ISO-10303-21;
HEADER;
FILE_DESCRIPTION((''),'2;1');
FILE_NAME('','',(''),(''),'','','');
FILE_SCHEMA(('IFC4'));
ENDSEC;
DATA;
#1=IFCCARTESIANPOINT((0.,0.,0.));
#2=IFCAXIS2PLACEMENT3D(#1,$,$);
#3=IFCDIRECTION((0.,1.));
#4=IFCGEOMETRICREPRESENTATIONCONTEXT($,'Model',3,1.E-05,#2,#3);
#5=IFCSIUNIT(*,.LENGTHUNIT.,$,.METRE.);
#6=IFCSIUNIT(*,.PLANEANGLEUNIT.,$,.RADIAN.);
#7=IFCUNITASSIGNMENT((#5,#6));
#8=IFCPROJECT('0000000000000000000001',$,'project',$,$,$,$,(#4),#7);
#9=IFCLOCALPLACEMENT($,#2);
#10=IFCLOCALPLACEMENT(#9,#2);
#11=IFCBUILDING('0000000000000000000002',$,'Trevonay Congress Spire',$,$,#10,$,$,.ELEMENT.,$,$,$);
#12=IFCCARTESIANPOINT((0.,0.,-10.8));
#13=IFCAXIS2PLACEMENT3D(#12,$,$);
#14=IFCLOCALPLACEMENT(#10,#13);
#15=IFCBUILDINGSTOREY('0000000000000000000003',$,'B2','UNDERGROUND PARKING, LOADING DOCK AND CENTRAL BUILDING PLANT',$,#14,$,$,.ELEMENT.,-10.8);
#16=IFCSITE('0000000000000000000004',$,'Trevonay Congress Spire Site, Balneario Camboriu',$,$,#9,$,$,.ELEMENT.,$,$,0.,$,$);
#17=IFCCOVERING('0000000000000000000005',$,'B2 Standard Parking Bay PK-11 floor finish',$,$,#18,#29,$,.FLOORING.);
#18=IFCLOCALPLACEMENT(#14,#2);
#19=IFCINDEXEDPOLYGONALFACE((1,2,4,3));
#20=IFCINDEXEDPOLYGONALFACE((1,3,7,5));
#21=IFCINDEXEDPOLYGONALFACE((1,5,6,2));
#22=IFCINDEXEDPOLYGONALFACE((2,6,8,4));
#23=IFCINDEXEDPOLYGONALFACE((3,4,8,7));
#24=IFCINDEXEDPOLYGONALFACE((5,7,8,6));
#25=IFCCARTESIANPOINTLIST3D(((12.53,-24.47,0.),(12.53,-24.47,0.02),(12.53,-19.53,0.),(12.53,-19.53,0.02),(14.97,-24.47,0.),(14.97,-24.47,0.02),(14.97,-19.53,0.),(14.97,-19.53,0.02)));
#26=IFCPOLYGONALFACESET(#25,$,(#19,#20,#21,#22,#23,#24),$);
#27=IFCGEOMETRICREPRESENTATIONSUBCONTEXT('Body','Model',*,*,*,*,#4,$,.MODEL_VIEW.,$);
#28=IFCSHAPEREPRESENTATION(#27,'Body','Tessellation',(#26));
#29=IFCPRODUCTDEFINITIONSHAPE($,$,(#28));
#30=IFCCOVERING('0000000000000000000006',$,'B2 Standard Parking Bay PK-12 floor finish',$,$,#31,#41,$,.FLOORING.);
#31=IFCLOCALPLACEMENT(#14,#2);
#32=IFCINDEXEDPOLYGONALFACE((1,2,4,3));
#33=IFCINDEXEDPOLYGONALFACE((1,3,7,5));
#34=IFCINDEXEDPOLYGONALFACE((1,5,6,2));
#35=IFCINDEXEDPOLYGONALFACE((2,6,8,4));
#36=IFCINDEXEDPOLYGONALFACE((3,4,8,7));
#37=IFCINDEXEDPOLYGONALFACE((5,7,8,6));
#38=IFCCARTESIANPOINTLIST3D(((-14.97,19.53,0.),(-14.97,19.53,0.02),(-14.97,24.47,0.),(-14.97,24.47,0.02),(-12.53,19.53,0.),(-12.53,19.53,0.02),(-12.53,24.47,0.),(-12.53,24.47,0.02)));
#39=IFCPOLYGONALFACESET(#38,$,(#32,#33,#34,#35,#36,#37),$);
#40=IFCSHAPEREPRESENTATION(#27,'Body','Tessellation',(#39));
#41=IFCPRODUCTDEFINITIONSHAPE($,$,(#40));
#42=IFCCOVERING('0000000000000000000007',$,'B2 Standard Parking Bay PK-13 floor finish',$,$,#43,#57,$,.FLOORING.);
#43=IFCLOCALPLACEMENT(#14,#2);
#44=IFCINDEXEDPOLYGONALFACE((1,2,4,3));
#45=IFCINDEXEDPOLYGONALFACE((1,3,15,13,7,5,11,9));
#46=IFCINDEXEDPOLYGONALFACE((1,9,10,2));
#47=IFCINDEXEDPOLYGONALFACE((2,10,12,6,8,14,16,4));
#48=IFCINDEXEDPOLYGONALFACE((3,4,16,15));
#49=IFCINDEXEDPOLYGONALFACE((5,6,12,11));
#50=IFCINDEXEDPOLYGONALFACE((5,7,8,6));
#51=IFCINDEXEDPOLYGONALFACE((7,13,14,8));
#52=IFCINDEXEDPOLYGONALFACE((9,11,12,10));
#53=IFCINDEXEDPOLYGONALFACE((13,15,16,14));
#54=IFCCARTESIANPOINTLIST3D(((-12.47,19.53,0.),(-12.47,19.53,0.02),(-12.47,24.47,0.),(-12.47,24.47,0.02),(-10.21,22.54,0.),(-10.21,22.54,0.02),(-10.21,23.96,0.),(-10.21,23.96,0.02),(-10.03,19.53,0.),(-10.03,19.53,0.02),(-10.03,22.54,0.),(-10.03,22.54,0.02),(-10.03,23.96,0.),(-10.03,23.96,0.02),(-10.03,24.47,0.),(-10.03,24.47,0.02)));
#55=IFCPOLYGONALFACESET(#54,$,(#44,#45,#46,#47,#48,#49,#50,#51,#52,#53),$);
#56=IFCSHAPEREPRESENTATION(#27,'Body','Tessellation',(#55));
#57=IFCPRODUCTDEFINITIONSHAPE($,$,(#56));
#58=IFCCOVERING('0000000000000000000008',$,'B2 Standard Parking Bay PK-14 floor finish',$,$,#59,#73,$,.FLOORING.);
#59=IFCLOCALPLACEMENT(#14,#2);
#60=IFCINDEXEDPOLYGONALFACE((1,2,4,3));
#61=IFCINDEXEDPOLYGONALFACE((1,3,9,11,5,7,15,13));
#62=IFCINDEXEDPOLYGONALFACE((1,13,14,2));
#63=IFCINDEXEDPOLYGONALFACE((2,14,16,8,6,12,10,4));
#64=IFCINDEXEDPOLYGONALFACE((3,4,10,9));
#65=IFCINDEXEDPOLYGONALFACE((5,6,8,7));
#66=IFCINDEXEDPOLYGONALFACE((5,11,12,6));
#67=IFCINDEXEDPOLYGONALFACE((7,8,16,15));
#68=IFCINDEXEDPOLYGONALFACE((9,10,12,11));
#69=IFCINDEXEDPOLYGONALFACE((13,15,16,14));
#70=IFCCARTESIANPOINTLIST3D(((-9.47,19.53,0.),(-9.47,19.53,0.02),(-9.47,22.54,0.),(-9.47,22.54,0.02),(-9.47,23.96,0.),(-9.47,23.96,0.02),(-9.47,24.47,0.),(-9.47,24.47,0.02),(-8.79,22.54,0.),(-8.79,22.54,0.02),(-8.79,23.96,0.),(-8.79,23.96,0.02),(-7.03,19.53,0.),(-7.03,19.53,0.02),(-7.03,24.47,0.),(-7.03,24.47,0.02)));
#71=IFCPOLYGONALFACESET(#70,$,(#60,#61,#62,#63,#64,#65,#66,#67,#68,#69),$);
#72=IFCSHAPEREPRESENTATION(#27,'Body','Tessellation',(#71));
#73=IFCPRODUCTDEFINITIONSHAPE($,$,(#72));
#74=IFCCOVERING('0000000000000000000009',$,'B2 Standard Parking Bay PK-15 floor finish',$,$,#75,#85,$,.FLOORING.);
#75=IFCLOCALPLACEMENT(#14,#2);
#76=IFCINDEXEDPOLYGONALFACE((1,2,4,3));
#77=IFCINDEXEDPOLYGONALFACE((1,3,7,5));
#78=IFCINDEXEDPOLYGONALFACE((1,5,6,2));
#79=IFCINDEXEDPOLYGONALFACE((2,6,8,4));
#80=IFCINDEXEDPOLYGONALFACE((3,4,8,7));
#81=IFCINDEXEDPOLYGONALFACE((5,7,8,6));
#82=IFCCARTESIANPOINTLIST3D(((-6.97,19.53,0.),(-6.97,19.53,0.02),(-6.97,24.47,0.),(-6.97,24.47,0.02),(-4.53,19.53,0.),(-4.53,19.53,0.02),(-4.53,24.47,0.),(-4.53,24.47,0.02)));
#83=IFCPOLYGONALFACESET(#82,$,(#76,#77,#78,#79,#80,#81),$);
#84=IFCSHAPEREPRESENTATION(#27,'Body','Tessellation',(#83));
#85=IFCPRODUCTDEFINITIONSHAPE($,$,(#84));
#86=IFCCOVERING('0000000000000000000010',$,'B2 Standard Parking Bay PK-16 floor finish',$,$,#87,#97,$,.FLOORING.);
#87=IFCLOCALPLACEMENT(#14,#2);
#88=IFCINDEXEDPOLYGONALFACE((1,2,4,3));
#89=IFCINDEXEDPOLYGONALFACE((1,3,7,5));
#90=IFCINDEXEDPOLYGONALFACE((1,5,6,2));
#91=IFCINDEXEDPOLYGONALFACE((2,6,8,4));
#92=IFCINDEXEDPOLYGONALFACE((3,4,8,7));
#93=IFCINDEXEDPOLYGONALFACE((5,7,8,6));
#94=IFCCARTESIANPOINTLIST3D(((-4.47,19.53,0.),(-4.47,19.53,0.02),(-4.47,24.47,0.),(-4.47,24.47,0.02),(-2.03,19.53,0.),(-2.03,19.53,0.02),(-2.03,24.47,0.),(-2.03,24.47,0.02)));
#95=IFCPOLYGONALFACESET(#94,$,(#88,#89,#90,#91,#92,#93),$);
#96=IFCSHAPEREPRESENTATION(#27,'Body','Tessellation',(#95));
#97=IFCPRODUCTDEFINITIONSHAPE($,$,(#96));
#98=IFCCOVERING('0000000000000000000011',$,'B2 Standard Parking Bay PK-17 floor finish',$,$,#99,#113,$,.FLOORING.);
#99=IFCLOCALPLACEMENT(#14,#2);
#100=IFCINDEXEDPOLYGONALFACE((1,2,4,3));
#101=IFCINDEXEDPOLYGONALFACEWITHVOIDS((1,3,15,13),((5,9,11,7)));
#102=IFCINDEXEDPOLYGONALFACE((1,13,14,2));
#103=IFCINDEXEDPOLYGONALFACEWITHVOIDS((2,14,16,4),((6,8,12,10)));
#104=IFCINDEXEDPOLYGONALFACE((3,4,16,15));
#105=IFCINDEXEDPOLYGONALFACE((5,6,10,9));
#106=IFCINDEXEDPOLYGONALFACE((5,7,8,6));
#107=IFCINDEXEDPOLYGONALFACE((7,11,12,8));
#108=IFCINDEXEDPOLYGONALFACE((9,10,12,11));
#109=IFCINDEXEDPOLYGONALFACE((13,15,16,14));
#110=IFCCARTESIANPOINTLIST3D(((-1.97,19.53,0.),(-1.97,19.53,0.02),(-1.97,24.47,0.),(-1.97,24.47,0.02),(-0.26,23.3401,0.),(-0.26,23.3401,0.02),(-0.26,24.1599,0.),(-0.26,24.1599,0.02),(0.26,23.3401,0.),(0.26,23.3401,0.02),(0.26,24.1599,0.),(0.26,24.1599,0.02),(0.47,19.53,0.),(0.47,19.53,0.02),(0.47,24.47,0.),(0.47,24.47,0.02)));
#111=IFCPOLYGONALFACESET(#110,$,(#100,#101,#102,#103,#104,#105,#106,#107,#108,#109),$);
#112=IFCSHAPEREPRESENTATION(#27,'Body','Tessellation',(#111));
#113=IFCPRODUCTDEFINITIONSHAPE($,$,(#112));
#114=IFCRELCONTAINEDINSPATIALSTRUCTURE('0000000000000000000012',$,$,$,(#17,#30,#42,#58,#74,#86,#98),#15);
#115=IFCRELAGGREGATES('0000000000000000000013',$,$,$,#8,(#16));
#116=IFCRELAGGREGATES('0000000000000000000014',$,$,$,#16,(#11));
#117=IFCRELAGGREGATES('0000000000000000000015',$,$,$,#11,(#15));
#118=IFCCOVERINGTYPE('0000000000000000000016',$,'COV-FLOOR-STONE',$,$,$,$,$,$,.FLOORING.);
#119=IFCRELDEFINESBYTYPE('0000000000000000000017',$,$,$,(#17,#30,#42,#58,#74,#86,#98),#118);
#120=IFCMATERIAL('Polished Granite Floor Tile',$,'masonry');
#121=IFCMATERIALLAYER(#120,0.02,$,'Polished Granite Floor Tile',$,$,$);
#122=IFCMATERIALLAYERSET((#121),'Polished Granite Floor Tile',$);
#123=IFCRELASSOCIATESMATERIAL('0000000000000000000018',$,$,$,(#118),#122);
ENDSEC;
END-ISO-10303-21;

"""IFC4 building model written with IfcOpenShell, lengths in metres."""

from ifc_helpers import new_model, si_unit, direction, frame, origin, place, context, subcontext, project, spatial, polyline, outline, extrude, material, layer, layer_set, type_object, element, save


model = new_model("IFC4")

# Units and contexts
model_context = context("Model", 3, precision=1e-05, world=origin(), true_north=direction((0.0, 1.0)))
body_context = subcontext(model_context, "Body", "Model", "MODEL_VIEW")
ifc_project = project(units=[si_unit("LENGTHUNIT", "METRE"), si_unit("PLANEANGLEUNIT", "RADIAN")], contexts=[model_context])

# Site, building, storey
site_placement = place(None, origin())
site = spatial("IfcSite", under=ifc_project, at=site_placement, Name="Trevonay Congress Spire Site, Balneario Camboriu", CompositionType="ELEMENT", RefElevation=0.0)
building_placement = place(site_placement, origin())
building = spatial("IfcBuilding", under=site, at=building_placement, Name="Trevonay Congress Spire", CompositionType="ELEMENT")
storey_placement = place(building_placement, frame((0.0, 0.0, -10.8)))
storey = spatial("IfcBuildingStorey", under=building, at=storey_placement, Name="B2", Description="UNDERGROUND PARKING, LOADING DOCK AND CENTRAL BUILDING PLANT", CompositionType="ELEMENT", Elevation=-10.8)

# Coverings
ifc_material_1 = material(Name="Polished Granite Floor Tile", Category="masonry")
ifc_layer_1 = layer(ifc_material_1, 0.02, Name="Polished Granite Floor Tile")
ifc_layer_set_1 = layer_set([ifc_layer_1], Name="Polished Granite Floor Tile")
covering_type = type_object("IfcCoveringType", Name="COV-FLOOR-STONE", PredefinedType="FLOORING", material=ifc_layer_set_1)
covering_1_placement = place(storey_placement, origin())
element("IfcCovering", 1, at=covering_1_placement, inside=storey, type_object=covering_type, Name="B2 Standard Parking Bay PK-11 floor finish", PredefinedType="FLOORING", context=body_context, shape_type="SweptSolid", body=[
    extrude(outline(polyline([(12.53, -24.47), (14.97, -24.47), (14.97, -19.53), (12.53, -19.53), (12.53, -24.47)])), origin(), (0.0, 0.0, 1.0), 0.02),
])
covering_2_placement = place(storey_placement, origin())
element("IfcCovering", 2, at=covering_2_placement, inside=storey, type_object=covering_type, Name="B2 Standard Parking Bay PK-12 floor finish", PredefinedType="FLOORING", context=body_context, shape_type="SweptSolid", body=[
    extrude(outline(polyline([(-14.97, 19.53), (-12.53, 19.53), (-12.53, 24.47), (-14.97, 24.47), (-14.97, 19.53)])), origin(), (0.0, 0.0, 1.0), 0.02),
])
covering_3_placement = place(storey_placement, origin())
element("IfcCovering", 3, at=covering_3_placement, inside=storey, type_object=covering_type, Name="B2 Standard Parking Bay PK-13 floor finish", PredefinedType="FLOORING", context=body_context, shape_type="SweptSolid", body=[
    extrude(outline(polyline([(-10.03, 19.53), (-12.47, 19.53), (-12.47, 24.47), (-10.03, 24.47), (-10.03, 23.96), (-10.21, 23.96), (-10.21, 22.54), (-10.03, 22.54), (-10.03, 19.53)])), origin(), (0.0, 0.0, 1.0), 0.02),
])
covering_4_placement = place(storey_placement, origin())
element("IfcCovering", 4, at=covering_4_placement, inside=storey, type_object=covering_type, Name="B2 Standard Parking Bay PK-14 floor finish", PredefinedType="FLOORING", context=body_context, shape_type="SweptSolid", body=[
    extrude(outline(polyline([(-9.47, 24.47), (-7.03, 24.47), (-7.03, 19.53), (-9.47, 19.53), (-9.47, 22.54), (-8.79, 22.54), (-8.79, 23.96), (-9.47, 23.96), (-9.47, 24.47)])), origin(), (0.0, 0.0, 1.0), 0.02),
])
covering_5_placement = place(storey_placement, origin())
element("IfcCovering", 5, at=covering_5_placement, inside=storey, type_object=covering_type, Name="B2 Standard Parking Bay PK-15 floor finish", PredefinedType="FLOORING", context=body_context, shape_type="SweptSolid", body=[
    extrude(outline(polyline([(-6.97, 19.53), (-4.53, 19.53), (-4.53, 24.47), (-6.97, 24.47), (-6.97, 19.53)])), origin(), (0.0, 0.0, 1.0), 0.02),
])
covering_6_placement = place(storey_placement, origin())
element("IfcCovering", 6, at=covering_6_placement, inside=storey, type_object=covering_type, Name="B2 Standard Parking Bay PK-16 floor finish", PredefinedType="FLOORING", context=body_context, shape_type="SweptSolid", body=[
    extrude(outline(polyline([(-4.47, 19.53), (-2.03, 19.53), (-2.03, 24.47), (-4.47, 24.47), (-4.47, 19.53)])), origin(), (0.0, 0.0, 1.0), 0.02),
])
covering_7_placement = place(storey_placement, origin())
element("IfcCovering", 7, at=covering_7_placement, inside=storey, type_object=covering_type, Name="B2 Standard Parking Bay PK-17 floor finish", PredefinedType="FLOORING", context=body_context, shape_type="SweptSolid", body=[
    extrude(outline(polyline([(-1.97, 24.47), (0.47, 24.47), (0.47, 19.53), (-1.97, 19.53), (-1.97, 24.47)]), holes=[polyline([(0.26, 23.3401), (0.26, 24.1599), (-0.26, 24.1599), (-0.26, 23.3401), (0.26, 23.3401)])]), origin(), (0.0, 0.0, 1.0), 0.02),
])

save(model, "model.ifc")
